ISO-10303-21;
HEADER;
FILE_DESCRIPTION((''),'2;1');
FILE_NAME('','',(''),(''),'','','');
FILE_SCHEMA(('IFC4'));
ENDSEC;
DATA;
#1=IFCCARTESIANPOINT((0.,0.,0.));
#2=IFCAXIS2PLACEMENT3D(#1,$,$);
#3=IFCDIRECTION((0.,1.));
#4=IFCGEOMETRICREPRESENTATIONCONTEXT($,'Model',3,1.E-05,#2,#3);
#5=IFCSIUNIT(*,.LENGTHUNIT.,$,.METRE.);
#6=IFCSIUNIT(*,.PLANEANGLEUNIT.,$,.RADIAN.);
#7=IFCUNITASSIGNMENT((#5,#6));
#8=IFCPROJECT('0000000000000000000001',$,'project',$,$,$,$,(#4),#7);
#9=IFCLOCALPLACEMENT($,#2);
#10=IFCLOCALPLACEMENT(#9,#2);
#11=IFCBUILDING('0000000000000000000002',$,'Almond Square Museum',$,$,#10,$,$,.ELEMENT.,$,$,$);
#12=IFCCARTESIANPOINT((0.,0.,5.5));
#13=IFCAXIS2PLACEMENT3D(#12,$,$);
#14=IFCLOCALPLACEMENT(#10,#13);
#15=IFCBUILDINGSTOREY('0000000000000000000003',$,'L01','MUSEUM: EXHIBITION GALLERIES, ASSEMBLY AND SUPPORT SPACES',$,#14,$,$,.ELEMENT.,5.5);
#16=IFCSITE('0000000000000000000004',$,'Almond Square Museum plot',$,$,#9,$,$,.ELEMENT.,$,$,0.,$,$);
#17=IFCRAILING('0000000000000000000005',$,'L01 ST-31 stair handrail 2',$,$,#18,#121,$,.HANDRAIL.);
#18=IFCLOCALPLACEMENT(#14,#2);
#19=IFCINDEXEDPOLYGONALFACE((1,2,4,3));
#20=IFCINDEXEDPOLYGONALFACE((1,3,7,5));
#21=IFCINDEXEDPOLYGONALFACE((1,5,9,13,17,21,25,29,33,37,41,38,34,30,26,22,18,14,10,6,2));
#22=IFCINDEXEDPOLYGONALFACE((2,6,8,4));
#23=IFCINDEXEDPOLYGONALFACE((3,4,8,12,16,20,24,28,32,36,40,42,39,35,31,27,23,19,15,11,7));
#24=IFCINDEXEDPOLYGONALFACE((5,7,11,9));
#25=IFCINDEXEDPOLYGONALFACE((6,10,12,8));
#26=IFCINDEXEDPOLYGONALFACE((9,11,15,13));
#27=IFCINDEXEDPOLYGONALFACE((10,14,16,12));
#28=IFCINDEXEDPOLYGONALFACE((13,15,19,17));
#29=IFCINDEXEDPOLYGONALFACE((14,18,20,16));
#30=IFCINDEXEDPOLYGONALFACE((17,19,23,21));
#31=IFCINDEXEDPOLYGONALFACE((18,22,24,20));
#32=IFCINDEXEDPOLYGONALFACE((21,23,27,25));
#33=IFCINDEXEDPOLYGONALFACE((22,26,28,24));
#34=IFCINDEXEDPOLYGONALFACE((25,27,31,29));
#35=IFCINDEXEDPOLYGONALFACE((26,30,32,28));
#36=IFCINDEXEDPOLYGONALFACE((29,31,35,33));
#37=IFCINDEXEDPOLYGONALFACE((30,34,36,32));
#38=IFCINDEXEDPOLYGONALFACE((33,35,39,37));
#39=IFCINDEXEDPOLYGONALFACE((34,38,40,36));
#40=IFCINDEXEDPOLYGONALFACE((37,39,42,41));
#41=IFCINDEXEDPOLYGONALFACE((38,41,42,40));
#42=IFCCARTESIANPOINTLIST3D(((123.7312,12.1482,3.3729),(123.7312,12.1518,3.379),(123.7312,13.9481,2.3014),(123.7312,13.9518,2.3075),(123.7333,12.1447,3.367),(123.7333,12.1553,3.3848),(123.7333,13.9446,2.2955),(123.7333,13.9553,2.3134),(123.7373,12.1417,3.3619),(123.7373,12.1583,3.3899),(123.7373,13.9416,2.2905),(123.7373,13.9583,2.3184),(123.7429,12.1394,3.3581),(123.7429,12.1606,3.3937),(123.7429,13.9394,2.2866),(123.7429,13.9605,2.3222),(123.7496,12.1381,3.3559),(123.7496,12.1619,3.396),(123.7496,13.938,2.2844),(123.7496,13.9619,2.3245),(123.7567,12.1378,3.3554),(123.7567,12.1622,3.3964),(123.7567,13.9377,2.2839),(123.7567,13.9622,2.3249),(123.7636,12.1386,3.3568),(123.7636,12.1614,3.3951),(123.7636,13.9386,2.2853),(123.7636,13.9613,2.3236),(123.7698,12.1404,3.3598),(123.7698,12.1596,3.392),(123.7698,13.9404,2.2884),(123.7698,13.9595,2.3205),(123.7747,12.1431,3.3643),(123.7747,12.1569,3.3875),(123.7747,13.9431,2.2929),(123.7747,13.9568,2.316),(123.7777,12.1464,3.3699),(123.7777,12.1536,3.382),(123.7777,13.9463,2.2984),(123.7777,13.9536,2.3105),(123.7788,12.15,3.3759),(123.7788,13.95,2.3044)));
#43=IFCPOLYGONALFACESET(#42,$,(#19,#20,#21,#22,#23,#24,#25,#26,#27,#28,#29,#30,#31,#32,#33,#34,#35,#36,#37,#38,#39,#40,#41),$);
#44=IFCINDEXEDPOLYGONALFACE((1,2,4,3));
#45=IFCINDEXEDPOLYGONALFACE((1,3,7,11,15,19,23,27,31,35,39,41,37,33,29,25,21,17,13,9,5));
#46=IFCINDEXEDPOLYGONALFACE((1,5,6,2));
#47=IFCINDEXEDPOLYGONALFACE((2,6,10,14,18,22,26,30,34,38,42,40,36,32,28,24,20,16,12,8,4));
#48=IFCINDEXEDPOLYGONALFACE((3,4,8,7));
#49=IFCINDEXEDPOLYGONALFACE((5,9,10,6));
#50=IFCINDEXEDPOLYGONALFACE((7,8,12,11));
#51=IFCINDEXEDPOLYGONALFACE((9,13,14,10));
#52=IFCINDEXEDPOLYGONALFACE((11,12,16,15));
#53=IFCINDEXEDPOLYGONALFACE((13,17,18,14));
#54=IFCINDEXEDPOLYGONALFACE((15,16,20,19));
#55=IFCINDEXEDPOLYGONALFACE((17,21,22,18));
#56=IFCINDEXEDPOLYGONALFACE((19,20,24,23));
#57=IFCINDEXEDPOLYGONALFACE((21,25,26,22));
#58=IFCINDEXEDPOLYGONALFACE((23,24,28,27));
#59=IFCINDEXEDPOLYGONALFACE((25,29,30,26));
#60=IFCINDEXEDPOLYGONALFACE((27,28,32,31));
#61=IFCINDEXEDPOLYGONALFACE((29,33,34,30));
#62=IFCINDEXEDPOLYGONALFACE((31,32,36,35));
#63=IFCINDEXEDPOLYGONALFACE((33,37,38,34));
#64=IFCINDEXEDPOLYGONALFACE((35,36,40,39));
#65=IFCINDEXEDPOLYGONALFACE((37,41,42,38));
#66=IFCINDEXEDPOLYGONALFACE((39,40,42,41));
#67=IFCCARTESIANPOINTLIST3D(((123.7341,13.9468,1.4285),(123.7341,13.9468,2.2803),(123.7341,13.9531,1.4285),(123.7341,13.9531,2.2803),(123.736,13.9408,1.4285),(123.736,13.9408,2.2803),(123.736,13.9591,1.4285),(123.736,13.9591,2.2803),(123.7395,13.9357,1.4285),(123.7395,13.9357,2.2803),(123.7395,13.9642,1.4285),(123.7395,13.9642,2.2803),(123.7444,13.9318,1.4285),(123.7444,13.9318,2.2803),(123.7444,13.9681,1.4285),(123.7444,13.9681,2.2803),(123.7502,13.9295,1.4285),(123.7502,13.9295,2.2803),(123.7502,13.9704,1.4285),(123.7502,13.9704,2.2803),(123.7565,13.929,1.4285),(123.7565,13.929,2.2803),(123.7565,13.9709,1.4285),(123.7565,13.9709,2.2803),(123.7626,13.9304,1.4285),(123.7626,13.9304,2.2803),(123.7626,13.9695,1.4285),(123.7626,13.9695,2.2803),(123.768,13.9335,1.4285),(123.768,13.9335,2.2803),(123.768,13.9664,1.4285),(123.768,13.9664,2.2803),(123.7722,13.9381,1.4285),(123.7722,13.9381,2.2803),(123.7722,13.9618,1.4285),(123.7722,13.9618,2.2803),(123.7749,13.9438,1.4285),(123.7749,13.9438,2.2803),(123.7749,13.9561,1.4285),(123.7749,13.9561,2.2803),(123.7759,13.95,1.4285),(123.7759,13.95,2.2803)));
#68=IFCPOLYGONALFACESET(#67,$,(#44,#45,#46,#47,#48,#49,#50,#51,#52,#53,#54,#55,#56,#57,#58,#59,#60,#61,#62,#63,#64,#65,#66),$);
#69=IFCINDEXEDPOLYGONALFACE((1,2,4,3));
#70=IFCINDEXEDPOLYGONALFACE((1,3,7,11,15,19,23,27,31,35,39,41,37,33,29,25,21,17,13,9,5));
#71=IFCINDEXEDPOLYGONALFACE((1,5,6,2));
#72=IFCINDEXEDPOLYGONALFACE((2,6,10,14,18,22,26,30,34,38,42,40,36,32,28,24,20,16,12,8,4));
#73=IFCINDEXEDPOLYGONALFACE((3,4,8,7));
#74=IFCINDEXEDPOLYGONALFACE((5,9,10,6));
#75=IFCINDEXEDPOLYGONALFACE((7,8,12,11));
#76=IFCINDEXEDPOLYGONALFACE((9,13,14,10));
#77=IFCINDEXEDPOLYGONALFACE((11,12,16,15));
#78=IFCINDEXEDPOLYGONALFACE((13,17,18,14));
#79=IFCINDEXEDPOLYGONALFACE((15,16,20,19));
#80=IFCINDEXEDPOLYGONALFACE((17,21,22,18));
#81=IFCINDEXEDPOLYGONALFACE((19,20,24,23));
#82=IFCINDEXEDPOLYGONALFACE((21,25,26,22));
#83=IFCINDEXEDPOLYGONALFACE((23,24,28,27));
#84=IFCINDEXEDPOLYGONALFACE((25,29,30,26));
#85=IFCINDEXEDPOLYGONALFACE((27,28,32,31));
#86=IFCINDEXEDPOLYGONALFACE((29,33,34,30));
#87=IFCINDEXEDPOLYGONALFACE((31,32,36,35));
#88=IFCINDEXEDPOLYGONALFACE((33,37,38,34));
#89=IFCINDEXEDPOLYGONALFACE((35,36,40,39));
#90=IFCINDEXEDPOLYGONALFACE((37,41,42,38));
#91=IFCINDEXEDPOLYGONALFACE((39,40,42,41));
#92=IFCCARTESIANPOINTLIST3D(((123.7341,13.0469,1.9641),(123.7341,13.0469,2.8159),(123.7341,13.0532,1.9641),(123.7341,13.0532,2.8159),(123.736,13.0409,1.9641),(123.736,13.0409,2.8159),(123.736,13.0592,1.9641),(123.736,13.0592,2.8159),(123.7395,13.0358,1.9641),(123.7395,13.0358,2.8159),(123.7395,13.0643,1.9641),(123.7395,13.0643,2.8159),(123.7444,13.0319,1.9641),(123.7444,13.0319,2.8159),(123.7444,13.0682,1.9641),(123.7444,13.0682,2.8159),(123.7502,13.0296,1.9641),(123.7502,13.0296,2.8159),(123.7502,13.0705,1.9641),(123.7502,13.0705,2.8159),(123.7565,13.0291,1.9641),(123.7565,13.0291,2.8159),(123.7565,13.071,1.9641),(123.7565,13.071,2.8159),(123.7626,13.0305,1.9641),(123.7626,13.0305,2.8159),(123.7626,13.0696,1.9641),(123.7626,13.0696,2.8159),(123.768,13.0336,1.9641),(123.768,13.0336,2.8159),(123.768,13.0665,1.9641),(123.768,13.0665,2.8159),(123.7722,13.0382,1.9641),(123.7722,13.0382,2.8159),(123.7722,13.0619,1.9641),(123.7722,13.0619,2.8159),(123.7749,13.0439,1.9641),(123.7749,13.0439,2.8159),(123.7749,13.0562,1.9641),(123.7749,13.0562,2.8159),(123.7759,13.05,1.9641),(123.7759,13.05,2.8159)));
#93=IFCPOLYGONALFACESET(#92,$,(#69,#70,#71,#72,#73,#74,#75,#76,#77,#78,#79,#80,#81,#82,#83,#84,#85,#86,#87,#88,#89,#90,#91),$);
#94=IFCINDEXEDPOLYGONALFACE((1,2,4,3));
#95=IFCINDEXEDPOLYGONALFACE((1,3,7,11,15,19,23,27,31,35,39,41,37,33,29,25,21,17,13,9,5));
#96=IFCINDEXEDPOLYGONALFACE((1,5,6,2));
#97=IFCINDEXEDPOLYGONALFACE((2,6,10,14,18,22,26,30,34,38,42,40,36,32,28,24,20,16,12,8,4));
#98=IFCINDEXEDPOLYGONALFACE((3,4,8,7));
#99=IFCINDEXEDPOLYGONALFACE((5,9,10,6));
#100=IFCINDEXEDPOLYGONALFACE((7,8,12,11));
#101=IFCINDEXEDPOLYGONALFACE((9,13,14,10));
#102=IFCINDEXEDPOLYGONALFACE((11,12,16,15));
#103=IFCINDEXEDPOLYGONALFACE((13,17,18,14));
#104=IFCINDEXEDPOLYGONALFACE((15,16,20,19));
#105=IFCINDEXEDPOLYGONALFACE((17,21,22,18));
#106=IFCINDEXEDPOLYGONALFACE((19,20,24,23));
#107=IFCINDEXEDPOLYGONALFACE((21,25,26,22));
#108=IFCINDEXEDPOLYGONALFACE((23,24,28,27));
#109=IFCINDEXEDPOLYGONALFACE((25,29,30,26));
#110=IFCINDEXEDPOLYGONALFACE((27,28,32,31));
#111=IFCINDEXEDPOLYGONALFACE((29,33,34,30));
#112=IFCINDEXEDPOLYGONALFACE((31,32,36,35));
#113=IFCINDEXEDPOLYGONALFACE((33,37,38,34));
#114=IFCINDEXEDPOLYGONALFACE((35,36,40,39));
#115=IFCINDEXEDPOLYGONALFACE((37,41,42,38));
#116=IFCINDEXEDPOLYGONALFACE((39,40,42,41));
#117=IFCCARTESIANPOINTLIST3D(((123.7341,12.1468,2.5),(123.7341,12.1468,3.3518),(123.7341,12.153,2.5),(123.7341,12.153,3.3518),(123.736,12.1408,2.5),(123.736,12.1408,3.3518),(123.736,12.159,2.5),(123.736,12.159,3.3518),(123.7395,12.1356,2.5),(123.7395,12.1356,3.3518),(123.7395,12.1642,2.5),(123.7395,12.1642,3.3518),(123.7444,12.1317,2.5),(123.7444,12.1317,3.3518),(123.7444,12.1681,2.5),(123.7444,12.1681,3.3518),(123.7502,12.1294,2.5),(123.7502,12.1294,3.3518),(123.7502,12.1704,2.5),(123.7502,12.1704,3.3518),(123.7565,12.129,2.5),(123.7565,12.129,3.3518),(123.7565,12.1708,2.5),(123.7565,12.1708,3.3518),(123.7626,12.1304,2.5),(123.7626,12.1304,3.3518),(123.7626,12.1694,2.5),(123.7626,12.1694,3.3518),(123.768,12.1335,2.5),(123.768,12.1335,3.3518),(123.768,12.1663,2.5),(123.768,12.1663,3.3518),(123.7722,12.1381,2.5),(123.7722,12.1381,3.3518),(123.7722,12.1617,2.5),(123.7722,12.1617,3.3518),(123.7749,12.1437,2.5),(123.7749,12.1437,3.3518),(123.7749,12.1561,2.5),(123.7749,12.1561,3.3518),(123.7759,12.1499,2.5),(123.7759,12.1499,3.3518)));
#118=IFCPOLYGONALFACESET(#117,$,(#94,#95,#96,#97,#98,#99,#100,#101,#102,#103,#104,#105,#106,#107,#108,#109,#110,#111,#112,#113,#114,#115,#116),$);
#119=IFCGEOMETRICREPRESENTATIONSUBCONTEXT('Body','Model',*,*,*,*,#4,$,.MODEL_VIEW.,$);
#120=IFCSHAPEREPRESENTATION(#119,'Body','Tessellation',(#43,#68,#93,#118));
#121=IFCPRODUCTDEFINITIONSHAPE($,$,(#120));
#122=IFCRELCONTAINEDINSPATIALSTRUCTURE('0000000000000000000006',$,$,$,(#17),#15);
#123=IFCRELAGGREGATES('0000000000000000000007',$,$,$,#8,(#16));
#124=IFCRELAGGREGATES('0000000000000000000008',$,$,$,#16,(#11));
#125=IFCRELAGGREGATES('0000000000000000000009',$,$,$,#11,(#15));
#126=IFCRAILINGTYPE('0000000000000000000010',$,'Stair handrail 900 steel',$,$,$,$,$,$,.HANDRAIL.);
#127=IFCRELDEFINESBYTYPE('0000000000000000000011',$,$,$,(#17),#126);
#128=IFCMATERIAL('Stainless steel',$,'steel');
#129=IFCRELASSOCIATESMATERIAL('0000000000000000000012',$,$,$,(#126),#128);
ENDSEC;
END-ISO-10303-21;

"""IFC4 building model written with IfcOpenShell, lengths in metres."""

from ifc_helpers import new_model, si_unit, direction, frame, origin, origin_2d, place, context, subcontext, project, spatial, circle, extrude, material, type_object, element, save


model = new_model("IFC4")

# Units and contexts
model_context = context("Model", 3, precision=1e-05, world=origin(), true_north=direction((0.0, 1.0)))
body_context = subcontext(model_context, "Body", "Model", "MODEL_VIEW")
ifc_project = project(units=[si_unit("LENGTHUNIT", "METRE"), si_unit("PLANEANGLEUNIT", "RADIAN")], contexts=[model_context])

# Site, building, storey
site_placement = place(None, origin())
site = spatial("IfcSite", under=ifc_project, at=site_placement, Name="Almond Square Museum plot", CompositionType="ELEMENT", RefElevation=0.0)
building_placement = place(site_placement, origin())
building = spatial("IfcBuilding", under=site, at=building_placement, Name="Almond Square Museum", CompositionType="ELEMENT")
storey_placement = place(building_placement, frame((0.0, 0.0, 5.5)))
storey = spatial("IfcBuildingStorey", under=building, at=storey_placement, Name="L01", Description="MUSEUM: EXHIBITION GALLERIES, ASSEMBLY AND SUPPORT SPACES", CompositionType="ELEMENT", Elevation=5.5)

# Railing
ifc_material_1 = material(Name="Stainless steel", Category="steel")
railing_type_1 = type_object("IfcRailingType", Name="Stair handrail 900 steel", PredefinedType="HANDRAIL", material=ifc_material_1)
railing_1_placement = place(storey_placement, frame((123.7549, 13.95, 1.4285)))
element("IfcRailing", 1, at=railing_1_placement, inside=storey, type_object=railing_type_1, Name="L01 ST-31 stair handrail 2", PredefinedType="HANDRAIL", context=body_context, shape_type="SweptSolid", body=[
    extrude(circle(Radius=0.0239, at=origin_2d()), frame((0.0, 0.0, 0.876), z_axis=(0.0, -0.859277, 0.51151), x_axis=(1.0, 0.0, 0.0)), (0.0, 0.0, 1.0), 2.0947),
    extrude(circle(Radius=0.021, at=origin_2d()), origin(), (0.0, 0.0, 1.0), 0.8518),
    extrude(circle(Radius=0.021, at=origin_2d()), frame((0.0, -0.8999, 0.5356)), (0.0, 0.0, 1.0), 0.8518),
    extrude(circle(Radius=0.021, at=origin_2d()), frame((0.0, -1.8, 1.0715)), (0.0, 0.0, 1.0), 0.8518),
])

save(model, "model.ifc")
